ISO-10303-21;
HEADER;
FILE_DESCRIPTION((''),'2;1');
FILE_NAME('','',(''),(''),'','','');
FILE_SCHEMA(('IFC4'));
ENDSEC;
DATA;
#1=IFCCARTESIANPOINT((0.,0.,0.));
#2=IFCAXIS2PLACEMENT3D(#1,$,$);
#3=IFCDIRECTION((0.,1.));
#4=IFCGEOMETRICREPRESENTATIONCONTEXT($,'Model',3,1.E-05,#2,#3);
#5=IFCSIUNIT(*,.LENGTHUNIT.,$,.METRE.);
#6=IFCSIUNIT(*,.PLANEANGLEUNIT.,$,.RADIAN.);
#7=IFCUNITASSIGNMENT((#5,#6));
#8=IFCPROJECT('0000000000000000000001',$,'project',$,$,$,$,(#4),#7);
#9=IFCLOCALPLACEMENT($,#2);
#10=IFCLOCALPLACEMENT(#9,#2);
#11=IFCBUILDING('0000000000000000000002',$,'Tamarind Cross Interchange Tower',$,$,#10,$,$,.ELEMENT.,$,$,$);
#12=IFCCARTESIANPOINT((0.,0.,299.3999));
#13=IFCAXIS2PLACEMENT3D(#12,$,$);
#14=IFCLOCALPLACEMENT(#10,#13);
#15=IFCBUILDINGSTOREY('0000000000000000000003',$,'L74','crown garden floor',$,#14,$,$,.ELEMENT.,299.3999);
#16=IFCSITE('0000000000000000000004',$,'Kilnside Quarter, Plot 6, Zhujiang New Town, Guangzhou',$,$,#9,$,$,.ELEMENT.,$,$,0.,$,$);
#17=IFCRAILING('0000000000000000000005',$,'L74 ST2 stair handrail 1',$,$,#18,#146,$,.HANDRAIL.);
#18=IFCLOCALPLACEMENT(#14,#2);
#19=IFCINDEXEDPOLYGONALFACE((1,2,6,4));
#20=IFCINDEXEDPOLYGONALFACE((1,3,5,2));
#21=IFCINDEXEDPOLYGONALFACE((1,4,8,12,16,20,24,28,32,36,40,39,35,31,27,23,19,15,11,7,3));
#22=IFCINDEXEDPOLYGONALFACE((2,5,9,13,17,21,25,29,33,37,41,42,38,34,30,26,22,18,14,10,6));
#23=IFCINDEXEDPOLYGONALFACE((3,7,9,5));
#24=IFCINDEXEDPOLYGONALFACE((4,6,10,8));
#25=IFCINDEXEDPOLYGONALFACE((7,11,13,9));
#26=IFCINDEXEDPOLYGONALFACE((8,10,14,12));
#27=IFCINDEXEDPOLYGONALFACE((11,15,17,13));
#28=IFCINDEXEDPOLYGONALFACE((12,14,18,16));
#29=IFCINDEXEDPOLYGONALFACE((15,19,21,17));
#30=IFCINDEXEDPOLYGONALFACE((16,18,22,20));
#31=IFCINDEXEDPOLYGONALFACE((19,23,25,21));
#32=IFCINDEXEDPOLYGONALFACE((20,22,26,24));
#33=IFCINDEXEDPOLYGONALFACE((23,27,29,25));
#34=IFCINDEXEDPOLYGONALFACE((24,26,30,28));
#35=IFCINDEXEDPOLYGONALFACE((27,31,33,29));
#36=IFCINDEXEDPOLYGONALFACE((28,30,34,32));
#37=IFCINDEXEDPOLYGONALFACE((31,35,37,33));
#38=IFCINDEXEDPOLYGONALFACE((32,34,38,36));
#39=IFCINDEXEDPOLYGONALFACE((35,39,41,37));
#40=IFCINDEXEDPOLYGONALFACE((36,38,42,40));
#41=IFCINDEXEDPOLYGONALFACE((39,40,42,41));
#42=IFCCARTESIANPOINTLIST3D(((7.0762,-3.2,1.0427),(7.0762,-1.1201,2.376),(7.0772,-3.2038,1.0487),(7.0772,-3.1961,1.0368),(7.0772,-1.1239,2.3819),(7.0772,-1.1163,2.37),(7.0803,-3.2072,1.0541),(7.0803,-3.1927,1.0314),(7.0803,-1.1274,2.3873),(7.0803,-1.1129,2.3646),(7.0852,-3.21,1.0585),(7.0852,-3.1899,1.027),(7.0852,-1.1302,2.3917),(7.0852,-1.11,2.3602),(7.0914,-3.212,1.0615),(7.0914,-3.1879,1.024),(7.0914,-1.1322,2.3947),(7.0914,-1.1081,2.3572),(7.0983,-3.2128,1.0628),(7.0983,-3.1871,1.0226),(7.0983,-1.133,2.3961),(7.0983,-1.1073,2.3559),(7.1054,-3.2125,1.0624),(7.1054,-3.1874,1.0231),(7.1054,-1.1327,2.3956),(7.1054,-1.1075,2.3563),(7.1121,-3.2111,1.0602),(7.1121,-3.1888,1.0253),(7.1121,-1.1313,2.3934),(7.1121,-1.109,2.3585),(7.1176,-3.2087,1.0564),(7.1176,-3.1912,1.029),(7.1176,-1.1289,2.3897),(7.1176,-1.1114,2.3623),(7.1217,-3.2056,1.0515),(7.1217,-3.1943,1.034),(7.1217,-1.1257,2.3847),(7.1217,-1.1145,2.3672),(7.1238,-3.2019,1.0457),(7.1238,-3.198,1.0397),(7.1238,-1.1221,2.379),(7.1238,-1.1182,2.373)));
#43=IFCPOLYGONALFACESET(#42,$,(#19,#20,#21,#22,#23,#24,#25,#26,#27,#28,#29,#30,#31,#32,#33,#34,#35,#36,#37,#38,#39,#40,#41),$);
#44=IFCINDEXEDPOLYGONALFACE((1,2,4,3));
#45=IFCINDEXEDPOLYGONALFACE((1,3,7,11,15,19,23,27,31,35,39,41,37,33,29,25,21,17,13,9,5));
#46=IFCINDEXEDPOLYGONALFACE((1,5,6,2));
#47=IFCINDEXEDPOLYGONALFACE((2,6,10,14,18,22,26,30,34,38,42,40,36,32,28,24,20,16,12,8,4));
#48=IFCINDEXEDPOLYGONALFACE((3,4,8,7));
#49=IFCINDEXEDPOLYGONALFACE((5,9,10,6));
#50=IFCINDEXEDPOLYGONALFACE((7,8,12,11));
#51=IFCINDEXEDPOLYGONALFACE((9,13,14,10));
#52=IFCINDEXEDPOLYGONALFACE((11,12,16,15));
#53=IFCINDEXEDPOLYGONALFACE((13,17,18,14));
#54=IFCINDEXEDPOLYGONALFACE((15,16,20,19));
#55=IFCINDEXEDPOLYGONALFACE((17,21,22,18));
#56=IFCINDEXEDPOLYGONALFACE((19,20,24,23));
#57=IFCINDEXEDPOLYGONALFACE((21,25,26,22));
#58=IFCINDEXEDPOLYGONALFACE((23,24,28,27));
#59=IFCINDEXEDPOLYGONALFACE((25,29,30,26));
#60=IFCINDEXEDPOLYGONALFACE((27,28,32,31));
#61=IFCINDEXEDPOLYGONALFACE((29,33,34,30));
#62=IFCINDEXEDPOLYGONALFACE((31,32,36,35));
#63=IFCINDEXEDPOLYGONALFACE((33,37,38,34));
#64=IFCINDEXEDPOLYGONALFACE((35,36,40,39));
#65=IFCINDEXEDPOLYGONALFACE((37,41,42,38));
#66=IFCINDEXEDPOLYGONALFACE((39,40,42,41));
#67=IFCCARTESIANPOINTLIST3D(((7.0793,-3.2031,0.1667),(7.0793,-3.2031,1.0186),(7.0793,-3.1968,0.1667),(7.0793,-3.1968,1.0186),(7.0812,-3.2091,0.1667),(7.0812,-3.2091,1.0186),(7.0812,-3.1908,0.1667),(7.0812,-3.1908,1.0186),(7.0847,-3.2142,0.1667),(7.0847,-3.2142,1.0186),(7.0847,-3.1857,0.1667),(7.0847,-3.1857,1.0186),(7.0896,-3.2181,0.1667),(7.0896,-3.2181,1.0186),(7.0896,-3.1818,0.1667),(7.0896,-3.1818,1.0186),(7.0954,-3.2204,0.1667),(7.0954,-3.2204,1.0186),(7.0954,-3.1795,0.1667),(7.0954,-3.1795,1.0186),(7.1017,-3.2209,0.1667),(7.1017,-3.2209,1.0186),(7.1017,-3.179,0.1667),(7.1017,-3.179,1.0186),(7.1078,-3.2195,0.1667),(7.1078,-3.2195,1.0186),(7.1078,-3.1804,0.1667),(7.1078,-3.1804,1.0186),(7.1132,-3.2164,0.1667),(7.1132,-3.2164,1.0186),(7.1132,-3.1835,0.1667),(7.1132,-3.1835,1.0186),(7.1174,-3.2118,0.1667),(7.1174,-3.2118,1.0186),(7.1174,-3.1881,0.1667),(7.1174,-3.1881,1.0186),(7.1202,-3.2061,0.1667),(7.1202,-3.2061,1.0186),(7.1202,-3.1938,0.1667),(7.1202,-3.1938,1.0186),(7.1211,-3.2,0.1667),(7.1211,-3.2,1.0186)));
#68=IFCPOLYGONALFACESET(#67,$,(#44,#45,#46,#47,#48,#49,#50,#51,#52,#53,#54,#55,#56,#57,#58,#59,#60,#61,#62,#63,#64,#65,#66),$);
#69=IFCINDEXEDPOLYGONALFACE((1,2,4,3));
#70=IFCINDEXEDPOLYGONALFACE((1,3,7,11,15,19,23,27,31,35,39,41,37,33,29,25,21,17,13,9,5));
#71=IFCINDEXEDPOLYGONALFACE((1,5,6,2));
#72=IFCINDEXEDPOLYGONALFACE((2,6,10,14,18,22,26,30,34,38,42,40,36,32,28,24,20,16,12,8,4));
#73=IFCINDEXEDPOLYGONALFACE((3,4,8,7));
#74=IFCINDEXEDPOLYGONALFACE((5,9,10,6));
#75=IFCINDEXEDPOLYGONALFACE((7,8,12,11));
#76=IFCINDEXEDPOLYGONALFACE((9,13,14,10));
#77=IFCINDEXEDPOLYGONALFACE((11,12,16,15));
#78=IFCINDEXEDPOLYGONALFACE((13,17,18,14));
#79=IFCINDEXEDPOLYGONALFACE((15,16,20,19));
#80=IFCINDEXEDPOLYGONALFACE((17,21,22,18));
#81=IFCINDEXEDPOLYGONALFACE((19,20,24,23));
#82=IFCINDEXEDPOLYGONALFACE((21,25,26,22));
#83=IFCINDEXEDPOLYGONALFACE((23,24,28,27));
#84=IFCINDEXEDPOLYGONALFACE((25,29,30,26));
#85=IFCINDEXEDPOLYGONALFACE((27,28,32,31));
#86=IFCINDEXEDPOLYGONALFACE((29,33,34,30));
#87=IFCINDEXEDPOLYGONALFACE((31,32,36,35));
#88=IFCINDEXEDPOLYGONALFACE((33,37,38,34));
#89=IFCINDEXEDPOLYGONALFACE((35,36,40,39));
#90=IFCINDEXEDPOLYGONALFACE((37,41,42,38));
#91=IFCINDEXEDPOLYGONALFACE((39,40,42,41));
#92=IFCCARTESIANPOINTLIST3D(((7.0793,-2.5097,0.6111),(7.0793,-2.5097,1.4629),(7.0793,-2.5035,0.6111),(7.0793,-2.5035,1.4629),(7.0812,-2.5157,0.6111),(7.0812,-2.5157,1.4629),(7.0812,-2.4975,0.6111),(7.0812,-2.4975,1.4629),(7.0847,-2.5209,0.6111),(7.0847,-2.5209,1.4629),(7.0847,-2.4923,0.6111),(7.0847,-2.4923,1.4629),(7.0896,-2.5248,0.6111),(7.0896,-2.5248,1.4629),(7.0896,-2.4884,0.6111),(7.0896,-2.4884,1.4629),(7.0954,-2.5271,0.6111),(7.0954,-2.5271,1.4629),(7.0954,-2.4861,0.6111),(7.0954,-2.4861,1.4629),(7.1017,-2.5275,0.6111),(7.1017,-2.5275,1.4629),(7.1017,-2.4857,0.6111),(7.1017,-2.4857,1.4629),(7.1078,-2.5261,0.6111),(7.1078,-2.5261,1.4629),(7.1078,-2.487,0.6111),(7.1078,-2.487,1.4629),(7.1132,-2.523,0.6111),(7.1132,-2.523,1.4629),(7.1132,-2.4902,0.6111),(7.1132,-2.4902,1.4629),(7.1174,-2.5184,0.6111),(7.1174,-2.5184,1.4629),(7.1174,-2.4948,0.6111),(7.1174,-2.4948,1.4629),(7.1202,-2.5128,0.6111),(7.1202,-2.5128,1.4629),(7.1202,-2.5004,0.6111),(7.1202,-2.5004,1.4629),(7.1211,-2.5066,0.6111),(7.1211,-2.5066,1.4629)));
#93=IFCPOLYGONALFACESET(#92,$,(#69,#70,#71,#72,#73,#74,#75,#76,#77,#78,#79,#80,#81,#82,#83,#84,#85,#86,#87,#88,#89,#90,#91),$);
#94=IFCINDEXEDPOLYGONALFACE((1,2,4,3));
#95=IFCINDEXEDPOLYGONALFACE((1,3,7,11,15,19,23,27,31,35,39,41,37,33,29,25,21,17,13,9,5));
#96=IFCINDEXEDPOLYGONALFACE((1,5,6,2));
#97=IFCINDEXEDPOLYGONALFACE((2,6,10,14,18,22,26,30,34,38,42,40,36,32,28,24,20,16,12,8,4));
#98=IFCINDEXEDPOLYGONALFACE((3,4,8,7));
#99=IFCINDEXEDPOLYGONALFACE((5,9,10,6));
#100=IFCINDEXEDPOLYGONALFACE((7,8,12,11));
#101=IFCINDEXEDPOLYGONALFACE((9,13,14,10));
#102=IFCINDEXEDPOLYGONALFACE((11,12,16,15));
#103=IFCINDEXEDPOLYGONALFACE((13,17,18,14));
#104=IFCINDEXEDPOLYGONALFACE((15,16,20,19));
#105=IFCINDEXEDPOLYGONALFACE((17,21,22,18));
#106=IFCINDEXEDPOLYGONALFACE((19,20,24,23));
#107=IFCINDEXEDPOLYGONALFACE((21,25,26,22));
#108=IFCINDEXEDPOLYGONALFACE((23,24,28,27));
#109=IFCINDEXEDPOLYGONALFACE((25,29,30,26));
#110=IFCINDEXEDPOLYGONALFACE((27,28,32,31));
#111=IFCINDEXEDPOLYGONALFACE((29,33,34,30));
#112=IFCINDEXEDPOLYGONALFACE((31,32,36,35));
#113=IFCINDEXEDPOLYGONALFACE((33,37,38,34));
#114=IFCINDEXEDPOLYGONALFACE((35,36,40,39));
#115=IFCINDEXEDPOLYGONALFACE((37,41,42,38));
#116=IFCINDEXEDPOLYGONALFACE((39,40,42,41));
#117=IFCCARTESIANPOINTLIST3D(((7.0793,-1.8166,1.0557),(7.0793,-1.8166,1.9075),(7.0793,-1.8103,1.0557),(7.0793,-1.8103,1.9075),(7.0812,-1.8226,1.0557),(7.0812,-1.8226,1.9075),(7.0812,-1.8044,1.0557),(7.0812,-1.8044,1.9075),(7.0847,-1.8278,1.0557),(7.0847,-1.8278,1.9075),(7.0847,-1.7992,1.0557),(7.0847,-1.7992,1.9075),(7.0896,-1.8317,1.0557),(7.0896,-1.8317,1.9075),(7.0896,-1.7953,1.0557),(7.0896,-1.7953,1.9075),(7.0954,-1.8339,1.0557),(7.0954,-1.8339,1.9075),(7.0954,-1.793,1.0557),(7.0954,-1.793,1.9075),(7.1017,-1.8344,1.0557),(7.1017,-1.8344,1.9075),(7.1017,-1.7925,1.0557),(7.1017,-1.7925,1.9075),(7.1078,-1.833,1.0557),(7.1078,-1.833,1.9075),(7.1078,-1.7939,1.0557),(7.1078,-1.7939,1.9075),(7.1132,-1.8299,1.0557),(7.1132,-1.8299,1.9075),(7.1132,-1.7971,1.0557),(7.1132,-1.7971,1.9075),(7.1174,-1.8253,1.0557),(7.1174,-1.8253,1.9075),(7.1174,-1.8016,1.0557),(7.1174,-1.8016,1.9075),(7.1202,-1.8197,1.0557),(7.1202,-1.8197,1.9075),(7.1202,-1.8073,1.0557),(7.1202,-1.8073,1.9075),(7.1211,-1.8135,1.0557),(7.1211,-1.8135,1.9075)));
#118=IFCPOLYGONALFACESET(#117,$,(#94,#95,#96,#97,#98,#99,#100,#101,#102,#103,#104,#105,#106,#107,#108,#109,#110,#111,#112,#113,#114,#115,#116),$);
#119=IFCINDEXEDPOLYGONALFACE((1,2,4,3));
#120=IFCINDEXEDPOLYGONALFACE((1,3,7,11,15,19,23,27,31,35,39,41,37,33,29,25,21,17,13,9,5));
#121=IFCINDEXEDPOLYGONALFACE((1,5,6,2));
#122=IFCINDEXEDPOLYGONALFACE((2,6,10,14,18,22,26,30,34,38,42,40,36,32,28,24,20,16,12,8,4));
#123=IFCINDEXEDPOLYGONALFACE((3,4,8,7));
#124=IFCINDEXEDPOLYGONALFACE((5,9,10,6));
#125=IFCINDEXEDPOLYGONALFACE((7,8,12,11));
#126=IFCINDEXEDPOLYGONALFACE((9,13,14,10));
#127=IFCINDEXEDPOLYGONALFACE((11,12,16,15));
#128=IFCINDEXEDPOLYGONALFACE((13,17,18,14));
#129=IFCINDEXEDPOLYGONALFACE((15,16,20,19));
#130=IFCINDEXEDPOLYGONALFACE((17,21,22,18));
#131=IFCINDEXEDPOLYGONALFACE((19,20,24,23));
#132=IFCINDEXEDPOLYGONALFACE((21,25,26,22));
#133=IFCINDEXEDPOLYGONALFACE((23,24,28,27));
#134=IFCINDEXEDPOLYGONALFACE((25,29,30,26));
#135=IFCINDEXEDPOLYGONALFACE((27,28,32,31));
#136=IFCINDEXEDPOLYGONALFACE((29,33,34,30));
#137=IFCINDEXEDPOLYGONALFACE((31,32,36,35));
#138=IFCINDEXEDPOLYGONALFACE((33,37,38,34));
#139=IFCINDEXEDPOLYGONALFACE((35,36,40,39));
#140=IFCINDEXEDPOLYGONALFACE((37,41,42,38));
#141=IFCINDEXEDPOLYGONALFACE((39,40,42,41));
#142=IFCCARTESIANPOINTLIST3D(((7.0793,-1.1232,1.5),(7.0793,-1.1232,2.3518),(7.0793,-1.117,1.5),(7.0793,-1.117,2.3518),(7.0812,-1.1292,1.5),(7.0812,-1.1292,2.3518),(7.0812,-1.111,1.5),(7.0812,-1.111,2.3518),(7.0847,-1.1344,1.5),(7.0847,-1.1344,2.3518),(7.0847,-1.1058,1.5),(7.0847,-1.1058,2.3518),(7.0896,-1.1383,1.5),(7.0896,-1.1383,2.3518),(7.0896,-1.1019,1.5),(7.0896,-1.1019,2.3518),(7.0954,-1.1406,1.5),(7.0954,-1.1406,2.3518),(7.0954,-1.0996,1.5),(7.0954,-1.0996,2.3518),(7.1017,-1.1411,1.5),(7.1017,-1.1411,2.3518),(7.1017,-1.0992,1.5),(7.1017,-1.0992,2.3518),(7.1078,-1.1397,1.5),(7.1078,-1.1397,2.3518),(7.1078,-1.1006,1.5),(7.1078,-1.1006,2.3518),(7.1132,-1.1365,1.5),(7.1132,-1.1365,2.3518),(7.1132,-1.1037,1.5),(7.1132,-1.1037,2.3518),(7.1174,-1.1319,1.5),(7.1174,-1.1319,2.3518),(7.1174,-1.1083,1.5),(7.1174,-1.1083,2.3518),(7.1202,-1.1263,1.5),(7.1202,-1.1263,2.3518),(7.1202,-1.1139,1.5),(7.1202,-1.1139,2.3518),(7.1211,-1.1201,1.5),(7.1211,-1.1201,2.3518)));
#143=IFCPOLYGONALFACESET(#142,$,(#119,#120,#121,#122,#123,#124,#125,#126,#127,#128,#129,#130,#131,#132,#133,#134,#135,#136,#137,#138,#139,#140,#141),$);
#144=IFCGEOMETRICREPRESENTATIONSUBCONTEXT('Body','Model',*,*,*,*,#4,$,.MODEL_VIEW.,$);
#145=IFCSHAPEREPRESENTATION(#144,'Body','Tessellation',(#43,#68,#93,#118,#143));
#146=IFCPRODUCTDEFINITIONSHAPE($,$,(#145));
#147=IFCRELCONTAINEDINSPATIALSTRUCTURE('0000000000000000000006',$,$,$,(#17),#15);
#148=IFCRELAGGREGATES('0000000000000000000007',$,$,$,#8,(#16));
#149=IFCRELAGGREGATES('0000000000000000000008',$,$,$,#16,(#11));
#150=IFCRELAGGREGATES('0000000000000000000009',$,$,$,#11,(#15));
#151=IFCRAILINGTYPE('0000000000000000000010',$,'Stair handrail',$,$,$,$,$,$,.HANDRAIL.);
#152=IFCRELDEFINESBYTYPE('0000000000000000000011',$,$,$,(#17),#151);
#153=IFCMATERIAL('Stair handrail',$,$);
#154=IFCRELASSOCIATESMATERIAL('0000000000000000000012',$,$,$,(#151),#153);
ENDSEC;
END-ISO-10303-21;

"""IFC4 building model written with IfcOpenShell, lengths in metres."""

from ifc_helpers import new_model, si_unit, direction, frame, origin, origin_2d, place, context, subcontext, project, spatial, circle, extrude, material, type_object, element, save


model = new_model("IFC4")

# Units and contexts
model_context = context("Model", 3, precision=1e-05, world=origin(), true_north=direction((0.0, 1.0)))
body_context = subcontext(model_context, "Body", "Model", "MODEL_VIEW")
ifc_project = project(units=[si_unit("LENGTHUNIT", "METRE"), si_unit("PLANEANGLEUNIT", "RADIAN")], contexts=[model_context])

# Site, building, storey
site_placement = place(None, origin())
site = spatial("IfcSite", under=ifc_project, at=site_placement, Name="Kilnside Quarter, Plot 6, Zhujiang New Town, Guangzhou", CompositionType="ELEMENT", RefElevation=0.0)
building_placement = place(site_placement, origin())
building = spatial("IfcBuilding", under=site, at=building_placement, Name="Tamarind Cross Interchange Tower", CompositionType="ELEMENT")
storey_placement = place(building_placement, frame((0.0, 0.0, 299.3999)))
storey = spatial("IfcBuildingStorey", under=building, at=storey_placement, Name="L74", Description="crown garden floor", CompositionType="ELEMENT", Elevation=299.3999)

# Railing
ifc_material_1 = material(Name="Stair handrail")
railing_type_1 = type_object("IfcRailingType", Name="Stair handrail", PredefinedType="HANDRAIL", material=ifc_material_1)
railing_1_placement = place(storey_placement, frame((7.1001, -3.2, 0.1667)))
element("IfcRailing", 1, at=railing_1_placement, inside=storey, type_object=railing_type_1, Name="L74 ST2 stair handrail 1", PredefinedType="HANDRAIL", context=body_context, shape_type="SweptSolid", body=[
    extrude(circle(Radius=0.0239, at=origin_2d()), frame((0.0, 0.0, 0.876), z_axis=(0.0, 0.841875, 0.539673), x_axis=(-1.0, 0.0, 0.0)), (0.0, 0.0, 1.0), 2.4705),
    extrude(circle(Radius=0.021, at=origin_2d()), origin(), (0.0, 0.0, 1.0), 0.8518),
    extrude(circle(Radius=0.021, at=origin_2d()), frame((0.0, 0.6934, 0.4443)), (0.0, 0.0, 1.0), 0.8518),
    extrude(circle(Radius=0.021, at=origin_2d()), frame((0.0, 1.3865, 0.8889)), (0.0, 0.0, 1.0), 0.8518),
    extrude(circle(Radius=0.021, at=origin_2d()), frame((0.0, 2.0798, 1.3333)), (0.0, 0.0, 1.0), 0.8518),
])

save(model, "model.ifc")
